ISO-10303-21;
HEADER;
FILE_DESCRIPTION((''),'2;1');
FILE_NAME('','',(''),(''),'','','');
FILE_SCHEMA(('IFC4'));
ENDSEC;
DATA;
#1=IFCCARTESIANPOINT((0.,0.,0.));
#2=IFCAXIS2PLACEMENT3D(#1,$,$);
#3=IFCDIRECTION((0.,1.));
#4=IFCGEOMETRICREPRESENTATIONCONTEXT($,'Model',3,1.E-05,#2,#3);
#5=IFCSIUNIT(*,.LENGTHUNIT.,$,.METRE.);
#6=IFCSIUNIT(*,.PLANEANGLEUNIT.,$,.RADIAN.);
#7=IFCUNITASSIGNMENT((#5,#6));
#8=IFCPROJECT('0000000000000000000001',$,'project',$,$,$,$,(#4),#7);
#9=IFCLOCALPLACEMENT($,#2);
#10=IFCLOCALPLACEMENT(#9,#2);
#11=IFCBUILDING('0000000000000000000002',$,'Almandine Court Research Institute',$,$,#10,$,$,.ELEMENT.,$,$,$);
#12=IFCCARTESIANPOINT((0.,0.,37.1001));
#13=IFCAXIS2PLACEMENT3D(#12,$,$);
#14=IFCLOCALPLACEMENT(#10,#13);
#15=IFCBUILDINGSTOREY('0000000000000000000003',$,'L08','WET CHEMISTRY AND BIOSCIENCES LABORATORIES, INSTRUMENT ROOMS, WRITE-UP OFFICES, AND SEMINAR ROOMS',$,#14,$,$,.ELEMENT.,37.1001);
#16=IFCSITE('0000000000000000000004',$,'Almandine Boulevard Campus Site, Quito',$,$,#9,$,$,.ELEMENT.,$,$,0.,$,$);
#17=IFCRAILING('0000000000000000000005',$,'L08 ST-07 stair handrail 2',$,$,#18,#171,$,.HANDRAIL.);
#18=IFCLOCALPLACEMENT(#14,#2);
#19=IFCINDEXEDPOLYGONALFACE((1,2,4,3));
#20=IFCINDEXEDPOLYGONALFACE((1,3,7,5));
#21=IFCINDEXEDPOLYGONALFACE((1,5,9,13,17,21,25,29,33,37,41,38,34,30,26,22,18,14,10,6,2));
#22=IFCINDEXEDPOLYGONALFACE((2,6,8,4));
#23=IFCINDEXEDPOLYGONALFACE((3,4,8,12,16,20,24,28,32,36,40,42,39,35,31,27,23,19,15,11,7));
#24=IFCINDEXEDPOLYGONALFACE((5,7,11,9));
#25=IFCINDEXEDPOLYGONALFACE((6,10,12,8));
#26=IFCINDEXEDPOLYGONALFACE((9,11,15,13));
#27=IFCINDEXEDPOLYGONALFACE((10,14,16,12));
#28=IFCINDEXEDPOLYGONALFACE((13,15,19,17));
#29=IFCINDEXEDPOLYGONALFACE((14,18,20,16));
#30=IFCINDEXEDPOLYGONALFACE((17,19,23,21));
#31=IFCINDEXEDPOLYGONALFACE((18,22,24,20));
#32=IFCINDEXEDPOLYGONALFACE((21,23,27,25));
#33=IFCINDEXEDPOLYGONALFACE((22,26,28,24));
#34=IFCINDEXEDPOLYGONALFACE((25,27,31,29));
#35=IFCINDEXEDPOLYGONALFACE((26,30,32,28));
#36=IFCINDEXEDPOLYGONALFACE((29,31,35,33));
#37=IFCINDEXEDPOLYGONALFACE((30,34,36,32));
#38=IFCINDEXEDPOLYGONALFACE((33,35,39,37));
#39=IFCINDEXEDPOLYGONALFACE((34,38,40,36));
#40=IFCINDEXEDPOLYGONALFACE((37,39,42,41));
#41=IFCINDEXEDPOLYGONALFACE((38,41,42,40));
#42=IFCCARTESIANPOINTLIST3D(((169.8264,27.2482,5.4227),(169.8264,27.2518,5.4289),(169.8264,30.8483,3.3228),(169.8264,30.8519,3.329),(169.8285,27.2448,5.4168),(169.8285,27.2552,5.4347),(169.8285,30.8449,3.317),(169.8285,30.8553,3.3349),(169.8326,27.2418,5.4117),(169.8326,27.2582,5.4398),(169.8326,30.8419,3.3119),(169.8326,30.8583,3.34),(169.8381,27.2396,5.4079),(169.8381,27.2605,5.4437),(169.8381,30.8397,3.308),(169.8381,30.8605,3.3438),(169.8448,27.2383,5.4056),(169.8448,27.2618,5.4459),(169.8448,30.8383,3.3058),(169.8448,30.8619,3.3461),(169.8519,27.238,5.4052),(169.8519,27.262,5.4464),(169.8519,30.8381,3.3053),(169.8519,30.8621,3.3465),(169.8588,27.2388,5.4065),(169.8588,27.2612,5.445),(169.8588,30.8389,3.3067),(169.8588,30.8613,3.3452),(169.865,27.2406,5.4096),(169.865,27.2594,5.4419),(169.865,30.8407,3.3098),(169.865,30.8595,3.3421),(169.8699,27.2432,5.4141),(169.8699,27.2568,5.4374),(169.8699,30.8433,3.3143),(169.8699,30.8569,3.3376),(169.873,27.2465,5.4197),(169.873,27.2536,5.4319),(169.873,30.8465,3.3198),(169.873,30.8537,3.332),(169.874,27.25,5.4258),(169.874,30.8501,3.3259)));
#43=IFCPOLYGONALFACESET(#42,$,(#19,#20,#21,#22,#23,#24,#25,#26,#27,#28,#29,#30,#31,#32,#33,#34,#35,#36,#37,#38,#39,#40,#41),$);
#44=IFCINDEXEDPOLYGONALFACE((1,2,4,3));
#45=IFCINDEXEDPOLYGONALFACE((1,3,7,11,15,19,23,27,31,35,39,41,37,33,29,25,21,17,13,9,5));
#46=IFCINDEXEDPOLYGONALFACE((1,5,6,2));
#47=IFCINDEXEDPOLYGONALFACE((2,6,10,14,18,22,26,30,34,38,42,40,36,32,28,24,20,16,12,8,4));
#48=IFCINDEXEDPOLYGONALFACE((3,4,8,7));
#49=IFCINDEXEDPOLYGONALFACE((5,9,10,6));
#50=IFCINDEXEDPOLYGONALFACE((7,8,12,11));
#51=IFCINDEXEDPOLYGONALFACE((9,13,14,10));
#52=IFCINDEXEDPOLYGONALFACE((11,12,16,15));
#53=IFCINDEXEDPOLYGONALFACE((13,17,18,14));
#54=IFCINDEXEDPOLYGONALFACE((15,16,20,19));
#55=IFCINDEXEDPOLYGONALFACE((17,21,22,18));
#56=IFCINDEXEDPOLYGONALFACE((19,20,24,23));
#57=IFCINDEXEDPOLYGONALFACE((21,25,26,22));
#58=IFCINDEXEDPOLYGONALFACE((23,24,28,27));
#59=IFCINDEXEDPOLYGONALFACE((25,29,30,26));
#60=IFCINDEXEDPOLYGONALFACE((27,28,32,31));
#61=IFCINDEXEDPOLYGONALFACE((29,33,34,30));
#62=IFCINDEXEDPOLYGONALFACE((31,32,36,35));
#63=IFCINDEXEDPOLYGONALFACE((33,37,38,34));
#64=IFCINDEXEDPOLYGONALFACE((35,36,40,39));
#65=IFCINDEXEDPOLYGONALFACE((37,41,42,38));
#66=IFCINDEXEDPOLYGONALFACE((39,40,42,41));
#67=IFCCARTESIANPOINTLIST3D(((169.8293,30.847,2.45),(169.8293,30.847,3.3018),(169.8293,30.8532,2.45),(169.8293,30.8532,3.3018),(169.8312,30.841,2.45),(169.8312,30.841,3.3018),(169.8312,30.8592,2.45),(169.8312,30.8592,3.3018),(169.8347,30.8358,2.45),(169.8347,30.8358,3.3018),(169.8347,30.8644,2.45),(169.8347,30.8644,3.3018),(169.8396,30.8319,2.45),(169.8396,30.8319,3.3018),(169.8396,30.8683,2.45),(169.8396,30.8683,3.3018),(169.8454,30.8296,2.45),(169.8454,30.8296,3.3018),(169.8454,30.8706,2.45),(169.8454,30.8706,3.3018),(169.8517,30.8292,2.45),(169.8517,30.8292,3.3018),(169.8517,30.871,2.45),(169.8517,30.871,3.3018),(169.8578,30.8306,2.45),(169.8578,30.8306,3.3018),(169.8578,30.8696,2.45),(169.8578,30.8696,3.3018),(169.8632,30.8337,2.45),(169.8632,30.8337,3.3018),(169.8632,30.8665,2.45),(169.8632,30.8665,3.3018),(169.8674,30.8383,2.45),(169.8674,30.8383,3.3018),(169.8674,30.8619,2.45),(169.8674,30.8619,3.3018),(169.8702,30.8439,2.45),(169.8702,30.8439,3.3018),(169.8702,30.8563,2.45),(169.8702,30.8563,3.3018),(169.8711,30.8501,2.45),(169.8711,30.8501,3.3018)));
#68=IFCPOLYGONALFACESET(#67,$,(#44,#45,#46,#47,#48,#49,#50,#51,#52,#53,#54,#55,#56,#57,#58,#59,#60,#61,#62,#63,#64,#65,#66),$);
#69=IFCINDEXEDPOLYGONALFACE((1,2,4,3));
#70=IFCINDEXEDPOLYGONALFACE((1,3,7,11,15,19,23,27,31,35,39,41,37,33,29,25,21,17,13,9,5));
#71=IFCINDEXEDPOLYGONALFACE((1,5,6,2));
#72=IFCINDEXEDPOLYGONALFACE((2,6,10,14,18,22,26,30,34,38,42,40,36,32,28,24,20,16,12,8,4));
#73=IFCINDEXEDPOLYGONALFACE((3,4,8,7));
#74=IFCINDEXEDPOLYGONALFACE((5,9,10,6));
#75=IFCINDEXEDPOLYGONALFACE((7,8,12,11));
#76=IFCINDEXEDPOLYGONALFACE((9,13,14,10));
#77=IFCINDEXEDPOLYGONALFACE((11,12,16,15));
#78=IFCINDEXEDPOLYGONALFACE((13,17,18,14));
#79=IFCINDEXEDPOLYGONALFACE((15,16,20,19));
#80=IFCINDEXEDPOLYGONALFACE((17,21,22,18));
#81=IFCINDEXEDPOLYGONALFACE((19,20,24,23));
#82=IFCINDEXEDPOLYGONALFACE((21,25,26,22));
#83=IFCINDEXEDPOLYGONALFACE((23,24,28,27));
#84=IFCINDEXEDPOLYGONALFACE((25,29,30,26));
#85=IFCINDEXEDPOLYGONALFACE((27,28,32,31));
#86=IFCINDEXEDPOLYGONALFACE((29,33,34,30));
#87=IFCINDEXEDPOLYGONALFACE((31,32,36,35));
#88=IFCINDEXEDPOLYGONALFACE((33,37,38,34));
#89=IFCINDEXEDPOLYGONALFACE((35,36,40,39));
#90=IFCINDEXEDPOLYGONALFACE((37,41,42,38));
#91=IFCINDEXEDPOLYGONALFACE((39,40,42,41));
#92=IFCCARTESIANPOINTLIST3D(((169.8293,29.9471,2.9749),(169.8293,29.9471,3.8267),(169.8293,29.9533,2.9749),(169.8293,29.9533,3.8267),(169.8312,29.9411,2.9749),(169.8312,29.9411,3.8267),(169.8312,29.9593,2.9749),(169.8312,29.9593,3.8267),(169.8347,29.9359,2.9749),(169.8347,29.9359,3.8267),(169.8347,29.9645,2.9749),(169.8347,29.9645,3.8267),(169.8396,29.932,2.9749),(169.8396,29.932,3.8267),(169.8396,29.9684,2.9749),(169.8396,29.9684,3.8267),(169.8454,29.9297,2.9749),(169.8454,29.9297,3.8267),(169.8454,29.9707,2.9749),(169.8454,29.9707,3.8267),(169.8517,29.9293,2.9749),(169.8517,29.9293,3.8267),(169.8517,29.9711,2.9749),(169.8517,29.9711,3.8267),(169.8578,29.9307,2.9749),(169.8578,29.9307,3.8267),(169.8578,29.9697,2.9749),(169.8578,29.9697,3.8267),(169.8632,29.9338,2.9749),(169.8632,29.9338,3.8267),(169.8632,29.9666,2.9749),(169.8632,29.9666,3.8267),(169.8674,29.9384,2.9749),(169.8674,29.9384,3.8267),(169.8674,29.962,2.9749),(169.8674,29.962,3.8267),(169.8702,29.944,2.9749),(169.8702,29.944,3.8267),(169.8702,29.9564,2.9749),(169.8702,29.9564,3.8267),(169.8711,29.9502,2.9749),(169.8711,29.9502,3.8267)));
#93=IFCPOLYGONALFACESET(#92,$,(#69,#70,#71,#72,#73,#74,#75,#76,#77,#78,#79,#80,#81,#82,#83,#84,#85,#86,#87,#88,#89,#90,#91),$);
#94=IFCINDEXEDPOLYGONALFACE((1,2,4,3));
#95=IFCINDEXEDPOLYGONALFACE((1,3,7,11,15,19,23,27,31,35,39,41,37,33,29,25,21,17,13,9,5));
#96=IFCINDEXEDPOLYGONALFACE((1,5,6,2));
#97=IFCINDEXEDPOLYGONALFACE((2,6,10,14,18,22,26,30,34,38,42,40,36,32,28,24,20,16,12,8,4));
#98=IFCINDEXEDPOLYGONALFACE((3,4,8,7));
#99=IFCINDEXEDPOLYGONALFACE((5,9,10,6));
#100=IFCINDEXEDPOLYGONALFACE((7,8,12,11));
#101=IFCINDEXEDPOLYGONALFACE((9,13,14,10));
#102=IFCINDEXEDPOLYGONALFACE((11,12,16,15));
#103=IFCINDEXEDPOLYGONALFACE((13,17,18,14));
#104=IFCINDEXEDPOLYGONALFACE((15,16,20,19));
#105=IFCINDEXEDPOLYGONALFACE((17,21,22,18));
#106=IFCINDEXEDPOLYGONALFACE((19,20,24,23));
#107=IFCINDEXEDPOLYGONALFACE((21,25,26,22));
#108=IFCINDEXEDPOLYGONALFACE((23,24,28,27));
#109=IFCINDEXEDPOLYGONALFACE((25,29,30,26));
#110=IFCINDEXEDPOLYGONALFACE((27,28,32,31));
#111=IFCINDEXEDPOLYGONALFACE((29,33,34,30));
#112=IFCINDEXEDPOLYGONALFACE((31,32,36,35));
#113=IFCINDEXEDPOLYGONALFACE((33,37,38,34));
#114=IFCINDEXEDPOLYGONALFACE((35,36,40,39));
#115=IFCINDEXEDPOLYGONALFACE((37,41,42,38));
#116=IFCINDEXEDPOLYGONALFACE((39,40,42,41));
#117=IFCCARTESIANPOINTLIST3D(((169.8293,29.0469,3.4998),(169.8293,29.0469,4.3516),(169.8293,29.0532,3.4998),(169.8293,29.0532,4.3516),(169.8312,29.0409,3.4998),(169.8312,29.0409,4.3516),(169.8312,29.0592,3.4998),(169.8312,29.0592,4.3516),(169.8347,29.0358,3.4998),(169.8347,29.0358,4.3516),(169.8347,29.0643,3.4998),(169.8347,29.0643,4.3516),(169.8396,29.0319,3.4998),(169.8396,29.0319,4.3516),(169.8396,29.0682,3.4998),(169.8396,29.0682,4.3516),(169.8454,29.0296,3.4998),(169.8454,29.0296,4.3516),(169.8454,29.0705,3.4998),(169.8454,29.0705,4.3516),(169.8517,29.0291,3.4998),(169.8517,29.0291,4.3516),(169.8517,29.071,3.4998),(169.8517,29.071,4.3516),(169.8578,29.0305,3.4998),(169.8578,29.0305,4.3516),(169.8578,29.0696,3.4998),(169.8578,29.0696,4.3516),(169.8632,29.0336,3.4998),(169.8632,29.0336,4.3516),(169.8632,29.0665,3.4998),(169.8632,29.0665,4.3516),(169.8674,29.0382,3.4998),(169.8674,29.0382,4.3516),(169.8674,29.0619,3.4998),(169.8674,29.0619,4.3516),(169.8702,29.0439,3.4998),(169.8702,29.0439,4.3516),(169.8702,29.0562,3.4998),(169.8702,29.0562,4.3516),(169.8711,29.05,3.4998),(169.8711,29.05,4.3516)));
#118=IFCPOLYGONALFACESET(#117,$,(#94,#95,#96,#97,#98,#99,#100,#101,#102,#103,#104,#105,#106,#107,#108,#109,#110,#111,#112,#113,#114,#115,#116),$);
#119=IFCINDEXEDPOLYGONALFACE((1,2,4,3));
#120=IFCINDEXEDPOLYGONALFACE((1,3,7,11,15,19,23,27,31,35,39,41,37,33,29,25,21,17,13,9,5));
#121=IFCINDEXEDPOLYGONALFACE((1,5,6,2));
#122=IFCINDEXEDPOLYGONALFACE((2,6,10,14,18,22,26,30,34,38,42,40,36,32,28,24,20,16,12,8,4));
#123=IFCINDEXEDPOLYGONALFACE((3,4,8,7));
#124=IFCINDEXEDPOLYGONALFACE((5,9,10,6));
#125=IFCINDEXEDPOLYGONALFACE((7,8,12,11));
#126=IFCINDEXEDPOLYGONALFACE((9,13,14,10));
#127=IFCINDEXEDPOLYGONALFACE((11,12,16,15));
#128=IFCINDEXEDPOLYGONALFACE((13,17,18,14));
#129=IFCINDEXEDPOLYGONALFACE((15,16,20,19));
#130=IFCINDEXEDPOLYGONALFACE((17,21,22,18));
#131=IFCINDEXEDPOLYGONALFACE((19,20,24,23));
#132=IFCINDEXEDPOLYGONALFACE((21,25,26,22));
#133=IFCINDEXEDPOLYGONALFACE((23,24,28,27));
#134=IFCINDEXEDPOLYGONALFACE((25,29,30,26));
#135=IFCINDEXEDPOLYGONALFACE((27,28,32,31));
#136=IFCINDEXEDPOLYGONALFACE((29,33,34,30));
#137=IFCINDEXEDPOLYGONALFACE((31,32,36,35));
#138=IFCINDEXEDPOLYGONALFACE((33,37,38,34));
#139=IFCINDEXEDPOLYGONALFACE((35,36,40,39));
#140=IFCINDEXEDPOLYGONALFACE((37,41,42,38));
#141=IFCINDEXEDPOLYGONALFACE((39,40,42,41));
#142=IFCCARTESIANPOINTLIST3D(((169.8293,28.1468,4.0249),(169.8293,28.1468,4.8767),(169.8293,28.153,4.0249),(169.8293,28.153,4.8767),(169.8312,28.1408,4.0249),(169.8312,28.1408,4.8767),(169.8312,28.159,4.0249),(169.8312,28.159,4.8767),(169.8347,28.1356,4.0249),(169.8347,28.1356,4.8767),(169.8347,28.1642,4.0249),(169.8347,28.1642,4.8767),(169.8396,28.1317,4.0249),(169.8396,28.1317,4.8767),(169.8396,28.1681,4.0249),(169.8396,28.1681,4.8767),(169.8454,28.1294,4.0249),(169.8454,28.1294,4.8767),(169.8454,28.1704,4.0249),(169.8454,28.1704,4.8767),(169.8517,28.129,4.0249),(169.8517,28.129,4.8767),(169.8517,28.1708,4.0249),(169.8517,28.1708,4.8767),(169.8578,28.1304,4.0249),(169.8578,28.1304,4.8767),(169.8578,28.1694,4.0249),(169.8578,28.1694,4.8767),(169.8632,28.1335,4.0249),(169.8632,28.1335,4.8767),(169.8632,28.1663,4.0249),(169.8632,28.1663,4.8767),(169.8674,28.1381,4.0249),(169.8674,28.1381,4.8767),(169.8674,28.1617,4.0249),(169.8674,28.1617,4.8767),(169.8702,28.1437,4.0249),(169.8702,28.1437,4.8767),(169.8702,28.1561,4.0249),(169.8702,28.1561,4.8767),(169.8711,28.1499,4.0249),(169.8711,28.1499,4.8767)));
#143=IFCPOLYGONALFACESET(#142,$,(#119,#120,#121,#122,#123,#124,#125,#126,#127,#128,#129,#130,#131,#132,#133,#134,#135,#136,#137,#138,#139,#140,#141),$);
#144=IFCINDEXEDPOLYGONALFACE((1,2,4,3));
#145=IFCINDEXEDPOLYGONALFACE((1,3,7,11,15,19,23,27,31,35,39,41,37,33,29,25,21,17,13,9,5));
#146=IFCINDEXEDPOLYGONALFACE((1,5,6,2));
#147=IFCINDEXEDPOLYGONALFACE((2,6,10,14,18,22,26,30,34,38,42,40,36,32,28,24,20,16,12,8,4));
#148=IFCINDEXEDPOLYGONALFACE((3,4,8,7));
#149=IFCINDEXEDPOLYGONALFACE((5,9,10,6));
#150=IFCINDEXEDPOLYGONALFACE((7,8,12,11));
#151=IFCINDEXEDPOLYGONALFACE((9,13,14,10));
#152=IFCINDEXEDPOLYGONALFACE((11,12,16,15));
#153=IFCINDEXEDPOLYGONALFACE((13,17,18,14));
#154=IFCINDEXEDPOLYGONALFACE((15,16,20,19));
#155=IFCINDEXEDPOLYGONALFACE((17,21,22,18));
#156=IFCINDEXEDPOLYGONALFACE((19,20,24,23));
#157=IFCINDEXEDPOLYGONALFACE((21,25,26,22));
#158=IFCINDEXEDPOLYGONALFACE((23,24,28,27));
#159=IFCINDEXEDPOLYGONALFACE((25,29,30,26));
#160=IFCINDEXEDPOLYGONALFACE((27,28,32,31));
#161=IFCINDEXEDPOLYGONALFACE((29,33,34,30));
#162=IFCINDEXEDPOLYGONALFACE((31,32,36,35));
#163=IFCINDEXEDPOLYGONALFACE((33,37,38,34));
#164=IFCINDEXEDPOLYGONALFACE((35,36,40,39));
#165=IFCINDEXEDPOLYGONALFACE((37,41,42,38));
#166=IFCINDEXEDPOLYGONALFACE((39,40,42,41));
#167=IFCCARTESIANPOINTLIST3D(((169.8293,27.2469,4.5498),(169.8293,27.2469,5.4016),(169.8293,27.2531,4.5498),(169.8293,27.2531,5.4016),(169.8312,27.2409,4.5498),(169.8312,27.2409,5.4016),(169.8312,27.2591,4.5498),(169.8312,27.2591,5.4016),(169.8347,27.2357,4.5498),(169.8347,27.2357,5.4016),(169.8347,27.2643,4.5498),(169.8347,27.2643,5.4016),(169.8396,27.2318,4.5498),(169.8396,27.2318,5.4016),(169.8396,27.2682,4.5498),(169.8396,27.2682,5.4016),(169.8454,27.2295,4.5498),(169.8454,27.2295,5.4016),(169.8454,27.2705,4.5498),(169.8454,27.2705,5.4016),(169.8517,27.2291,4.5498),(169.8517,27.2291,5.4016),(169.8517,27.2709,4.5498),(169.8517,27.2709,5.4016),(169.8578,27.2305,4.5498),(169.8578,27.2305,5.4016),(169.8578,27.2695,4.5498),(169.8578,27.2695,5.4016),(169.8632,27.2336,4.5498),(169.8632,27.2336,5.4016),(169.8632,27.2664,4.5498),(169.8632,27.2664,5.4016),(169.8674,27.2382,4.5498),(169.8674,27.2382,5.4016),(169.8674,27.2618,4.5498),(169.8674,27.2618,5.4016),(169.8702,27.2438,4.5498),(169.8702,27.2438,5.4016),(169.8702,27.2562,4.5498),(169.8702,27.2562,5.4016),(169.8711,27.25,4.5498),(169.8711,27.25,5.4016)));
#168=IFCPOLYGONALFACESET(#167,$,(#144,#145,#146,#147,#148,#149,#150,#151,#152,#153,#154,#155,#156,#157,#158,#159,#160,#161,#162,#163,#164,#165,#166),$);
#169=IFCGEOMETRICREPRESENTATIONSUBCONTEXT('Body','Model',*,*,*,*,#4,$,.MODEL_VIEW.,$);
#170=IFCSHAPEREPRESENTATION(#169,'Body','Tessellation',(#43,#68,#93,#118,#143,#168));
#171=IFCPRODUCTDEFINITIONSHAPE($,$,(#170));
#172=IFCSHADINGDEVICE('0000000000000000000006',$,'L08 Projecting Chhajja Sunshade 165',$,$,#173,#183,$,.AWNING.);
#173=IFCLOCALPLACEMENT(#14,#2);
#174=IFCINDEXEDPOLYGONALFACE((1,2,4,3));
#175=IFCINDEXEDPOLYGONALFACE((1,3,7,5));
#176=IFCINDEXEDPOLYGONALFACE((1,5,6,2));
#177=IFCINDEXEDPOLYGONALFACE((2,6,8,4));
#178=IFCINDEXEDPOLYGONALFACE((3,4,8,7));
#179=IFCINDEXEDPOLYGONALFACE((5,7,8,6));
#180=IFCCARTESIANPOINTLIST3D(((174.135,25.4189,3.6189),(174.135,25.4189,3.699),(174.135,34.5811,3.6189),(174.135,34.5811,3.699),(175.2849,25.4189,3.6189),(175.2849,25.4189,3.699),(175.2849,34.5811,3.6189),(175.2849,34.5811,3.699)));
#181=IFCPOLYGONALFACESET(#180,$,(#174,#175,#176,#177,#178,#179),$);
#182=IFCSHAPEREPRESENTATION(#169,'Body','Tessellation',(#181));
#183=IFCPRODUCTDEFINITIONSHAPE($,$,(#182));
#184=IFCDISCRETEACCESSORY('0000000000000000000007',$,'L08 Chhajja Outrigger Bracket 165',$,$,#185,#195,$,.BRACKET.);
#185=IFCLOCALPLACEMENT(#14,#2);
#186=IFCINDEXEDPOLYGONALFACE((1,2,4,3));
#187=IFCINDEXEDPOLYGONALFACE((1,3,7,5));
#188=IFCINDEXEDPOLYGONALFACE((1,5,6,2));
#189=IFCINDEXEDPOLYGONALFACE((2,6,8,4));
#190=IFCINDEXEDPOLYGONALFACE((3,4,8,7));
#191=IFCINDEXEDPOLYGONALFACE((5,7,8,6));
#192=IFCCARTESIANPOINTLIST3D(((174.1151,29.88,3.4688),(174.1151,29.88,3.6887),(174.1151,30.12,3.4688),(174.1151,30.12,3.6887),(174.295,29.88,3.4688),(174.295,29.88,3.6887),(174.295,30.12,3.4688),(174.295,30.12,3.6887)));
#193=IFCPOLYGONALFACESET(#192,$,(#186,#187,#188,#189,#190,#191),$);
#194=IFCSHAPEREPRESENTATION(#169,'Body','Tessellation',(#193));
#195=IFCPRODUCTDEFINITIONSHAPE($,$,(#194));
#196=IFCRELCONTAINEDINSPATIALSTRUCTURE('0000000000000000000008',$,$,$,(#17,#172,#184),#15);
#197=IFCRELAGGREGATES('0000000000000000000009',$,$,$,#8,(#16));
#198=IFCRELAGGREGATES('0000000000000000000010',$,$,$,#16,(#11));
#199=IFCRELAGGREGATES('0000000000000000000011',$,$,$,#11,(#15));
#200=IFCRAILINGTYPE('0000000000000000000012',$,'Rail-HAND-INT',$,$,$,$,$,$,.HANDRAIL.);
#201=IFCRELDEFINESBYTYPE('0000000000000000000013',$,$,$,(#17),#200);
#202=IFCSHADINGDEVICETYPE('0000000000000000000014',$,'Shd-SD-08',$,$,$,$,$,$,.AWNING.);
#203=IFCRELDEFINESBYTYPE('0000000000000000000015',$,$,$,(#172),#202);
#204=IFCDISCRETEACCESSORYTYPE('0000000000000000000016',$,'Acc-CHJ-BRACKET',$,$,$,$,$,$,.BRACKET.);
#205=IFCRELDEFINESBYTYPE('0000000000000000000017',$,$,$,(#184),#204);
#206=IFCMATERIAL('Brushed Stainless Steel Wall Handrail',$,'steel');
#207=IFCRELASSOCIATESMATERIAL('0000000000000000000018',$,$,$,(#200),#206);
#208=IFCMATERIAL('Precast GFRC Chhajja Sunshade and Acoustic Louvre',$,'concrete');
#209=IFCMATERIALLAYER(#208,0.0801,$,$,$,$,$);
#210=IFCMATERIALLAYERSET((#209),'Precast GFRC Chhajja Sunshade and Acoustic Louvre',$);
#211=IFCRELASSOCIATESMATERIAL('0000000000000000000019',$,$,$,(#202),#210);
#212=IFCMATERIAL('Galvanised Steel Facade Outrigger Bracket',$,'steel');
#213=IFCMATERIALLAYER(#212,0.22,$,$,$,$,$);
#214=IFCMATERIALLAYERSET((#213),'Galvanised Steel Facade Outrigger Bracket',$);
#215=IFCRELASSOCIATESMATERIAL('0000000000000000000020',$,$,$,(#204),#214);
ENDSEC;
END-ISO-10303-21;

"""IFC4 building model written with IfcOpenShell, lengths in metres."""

from ifc_helpers import new_model, si_unit, direction, frame, origin, origin_2d, place, context, subcontext, project, spatial, rectangle, circle, extrude, material, layer, layer_set, type_object, element, save


model = new_model("IFC4")

# Units and contexts
model_context = context("Model", 3, precision=1e-05, world=origin(), true_north=direction((0.0, 1.0)))
body_context = subcontext(model_context, "Body", "Model", "MODEL_VIEW")
ifc_project = project(units=[si_unit("LENGTHUNIT", "METRE"), si_unit("PLANEANGLEUNIT", "RADIAN")], contexts=[model_context])

# Site, building, storey
site_placement = place(None, origin())
site = spatial("IfcSite", under=ifc_project, at=site_placement, Name="Almandine Boulevard Campus Site, Quito", CompositionType="ELEMENT", RefElevation=0.0)
building_placement = place(site_placement, origin())
building = spatial("IfcBuilding", under=site, at=building_placement, Name="Almandine Court Research Institute", CompositionType="ELEMENT")
storey_placement = place(building_placement, frame((0.0, 0.0, 37.1001)))
storey = spatial("IfcBuildingStorey", under=building, at=storey_placement, Name="L08", Description="WET CHEMISTRY AND BIOSCIENCES LABORATORIES, INSTRUMENT ROOMS, WRITE-UP OFFICES, AND SEMINAR ROOMS", CompositionType="ELEMENT", Elevation=37.1001)

# Railing
ifc_material_1 = material(Name="Brushed Stainless Steel Wall Handrail", Category="steel")
railing_type_1 = type_object("IfcRailingType", Name="Rail-HAND-INT", PredefinedType="HANDRAIL", material=ifc_material_1)
railing_1_placement = place(storey_placement, frame((169.8501, 30.8501, 2.45)))
element("IfcRailing", 1, at=railing_1_placement, inside=storey, type_object=railing_type_1, Name="L08 ST-07 stair handrail 2", PredefinedType="HANDRAIL", context=body_context, shape_type="SweptSolid", body=[
    extrude(circle(Radius=0.0239, at=origin_2d()), frame((0.0, 0.0, 0.876), z_axis=(0.0, -0.8638, 0.503835), x_axis=(1.0, 0.0, 0.0)), (0.0, 0.0, 1.0), 4.1677),
    extrude(circle(Radius=0.021, at=origin_2d()), origin(), (0.0, 0.0, 1.0), 0.8518),
    extrude(circle(Radius=0.021, at=origin_2d()), frame((0.0, -0.8999, 0.5249)), (0.0, 0.0, 1.0), 0.8518),
    extrude(circle(Radius=0.021, at=origin_2d()), frame((0.0, -1.8, 1.0498)), (0.0, 0.0, 1.0), 0.8518),
    extrude(circle(Radius=0.021, at=origin_2d()), frame((0.0, -2.7002, 1.575)), (0.0, 0.0, 1.0), 0.8518),
    extrude(circle(Radius=0.021, at=origin_2d()), frame((0.0, -3.6001, 2.0999)), (0.0, 0.0, 1.0), 0.8518),
])

# Shading device
ifc_material_2 = material(Name="Precast GFRC Chhajja Sunshade and Acoustic Louvre", Category="concrete")
ifc_layer_1 = layer(ifc_material_2, 0.0801)
ifc_layer_set_1 = layer_set([ifc_layer_1], Name="Precast GFRC Chhajja Sunshade and Acoustic Louvre")
shading_device_type = type_object("IfcShadingDeviceType", Name="Shd-SD-08", PredefinedType="AWNING", material=ifc_layer_set_1)
shading_device_placement = place(storey_placement, frame((174.71, 30.0, 3.6189), z_axis=(0.0, 0.0, 1.0), x_axis=(0.0, -1.0, 0.0)))
element("IfcShadingDevice", 2, at=shading_device_placement, inside=storey, type_object=shading_device_type, Name="L08 Projecting Chhajja Sunshade 165", PredefinedType="AWNING", context=body_context, shape_type="SweptSolid", body=[
    extrude(rectangle(XDim=9.1621, YDim=1.1499, at=origin_2d()), origin(), (0.0, 0.0, 1.0), 0.0801),
])

# Discrete accessory
ifc_material_3 = material(Name="Galvanised Steel Facade Outrigger Bracket", Category="steel")
ifc_layer_2 = layer(ifc_material_3, 0.22)
ifc_layer_set_2 = layer_set([ifc_layer_2], Name="Galvanised Steel Facade Outrigger Bracket")
discrete_accessory_type = type_object("IfcDiscreteAccessoryType", Name="Acc-CHJ-BRACKET", PredefinedType="BRACKET", material=ifc_layer_set_2)
discrete_accessory_placement = place(storey_placement, frame((174.2051, 30.0, 3.4688), z_axis=(0.0, 0.0, 1.0), x_axis=(0.0, -1.0, 0.0)))
element("IfcDiscreteAccessory", 3, at=discrete_accessory_placement, inside=storey, type_object=discrete_accessory_type, Name="L08 Chhajja Outrigger Bracket 165", PredefinedType="BRACKET", context=body_context, shape_type="SweptSolid", body=[
    extrude(rectangle(XDim=0.24, YDim=0.1799, at=origin_2d()), origin(), (0.0, 0.0, 1.0), 0.22),
])

save(model, "model.ifc")
